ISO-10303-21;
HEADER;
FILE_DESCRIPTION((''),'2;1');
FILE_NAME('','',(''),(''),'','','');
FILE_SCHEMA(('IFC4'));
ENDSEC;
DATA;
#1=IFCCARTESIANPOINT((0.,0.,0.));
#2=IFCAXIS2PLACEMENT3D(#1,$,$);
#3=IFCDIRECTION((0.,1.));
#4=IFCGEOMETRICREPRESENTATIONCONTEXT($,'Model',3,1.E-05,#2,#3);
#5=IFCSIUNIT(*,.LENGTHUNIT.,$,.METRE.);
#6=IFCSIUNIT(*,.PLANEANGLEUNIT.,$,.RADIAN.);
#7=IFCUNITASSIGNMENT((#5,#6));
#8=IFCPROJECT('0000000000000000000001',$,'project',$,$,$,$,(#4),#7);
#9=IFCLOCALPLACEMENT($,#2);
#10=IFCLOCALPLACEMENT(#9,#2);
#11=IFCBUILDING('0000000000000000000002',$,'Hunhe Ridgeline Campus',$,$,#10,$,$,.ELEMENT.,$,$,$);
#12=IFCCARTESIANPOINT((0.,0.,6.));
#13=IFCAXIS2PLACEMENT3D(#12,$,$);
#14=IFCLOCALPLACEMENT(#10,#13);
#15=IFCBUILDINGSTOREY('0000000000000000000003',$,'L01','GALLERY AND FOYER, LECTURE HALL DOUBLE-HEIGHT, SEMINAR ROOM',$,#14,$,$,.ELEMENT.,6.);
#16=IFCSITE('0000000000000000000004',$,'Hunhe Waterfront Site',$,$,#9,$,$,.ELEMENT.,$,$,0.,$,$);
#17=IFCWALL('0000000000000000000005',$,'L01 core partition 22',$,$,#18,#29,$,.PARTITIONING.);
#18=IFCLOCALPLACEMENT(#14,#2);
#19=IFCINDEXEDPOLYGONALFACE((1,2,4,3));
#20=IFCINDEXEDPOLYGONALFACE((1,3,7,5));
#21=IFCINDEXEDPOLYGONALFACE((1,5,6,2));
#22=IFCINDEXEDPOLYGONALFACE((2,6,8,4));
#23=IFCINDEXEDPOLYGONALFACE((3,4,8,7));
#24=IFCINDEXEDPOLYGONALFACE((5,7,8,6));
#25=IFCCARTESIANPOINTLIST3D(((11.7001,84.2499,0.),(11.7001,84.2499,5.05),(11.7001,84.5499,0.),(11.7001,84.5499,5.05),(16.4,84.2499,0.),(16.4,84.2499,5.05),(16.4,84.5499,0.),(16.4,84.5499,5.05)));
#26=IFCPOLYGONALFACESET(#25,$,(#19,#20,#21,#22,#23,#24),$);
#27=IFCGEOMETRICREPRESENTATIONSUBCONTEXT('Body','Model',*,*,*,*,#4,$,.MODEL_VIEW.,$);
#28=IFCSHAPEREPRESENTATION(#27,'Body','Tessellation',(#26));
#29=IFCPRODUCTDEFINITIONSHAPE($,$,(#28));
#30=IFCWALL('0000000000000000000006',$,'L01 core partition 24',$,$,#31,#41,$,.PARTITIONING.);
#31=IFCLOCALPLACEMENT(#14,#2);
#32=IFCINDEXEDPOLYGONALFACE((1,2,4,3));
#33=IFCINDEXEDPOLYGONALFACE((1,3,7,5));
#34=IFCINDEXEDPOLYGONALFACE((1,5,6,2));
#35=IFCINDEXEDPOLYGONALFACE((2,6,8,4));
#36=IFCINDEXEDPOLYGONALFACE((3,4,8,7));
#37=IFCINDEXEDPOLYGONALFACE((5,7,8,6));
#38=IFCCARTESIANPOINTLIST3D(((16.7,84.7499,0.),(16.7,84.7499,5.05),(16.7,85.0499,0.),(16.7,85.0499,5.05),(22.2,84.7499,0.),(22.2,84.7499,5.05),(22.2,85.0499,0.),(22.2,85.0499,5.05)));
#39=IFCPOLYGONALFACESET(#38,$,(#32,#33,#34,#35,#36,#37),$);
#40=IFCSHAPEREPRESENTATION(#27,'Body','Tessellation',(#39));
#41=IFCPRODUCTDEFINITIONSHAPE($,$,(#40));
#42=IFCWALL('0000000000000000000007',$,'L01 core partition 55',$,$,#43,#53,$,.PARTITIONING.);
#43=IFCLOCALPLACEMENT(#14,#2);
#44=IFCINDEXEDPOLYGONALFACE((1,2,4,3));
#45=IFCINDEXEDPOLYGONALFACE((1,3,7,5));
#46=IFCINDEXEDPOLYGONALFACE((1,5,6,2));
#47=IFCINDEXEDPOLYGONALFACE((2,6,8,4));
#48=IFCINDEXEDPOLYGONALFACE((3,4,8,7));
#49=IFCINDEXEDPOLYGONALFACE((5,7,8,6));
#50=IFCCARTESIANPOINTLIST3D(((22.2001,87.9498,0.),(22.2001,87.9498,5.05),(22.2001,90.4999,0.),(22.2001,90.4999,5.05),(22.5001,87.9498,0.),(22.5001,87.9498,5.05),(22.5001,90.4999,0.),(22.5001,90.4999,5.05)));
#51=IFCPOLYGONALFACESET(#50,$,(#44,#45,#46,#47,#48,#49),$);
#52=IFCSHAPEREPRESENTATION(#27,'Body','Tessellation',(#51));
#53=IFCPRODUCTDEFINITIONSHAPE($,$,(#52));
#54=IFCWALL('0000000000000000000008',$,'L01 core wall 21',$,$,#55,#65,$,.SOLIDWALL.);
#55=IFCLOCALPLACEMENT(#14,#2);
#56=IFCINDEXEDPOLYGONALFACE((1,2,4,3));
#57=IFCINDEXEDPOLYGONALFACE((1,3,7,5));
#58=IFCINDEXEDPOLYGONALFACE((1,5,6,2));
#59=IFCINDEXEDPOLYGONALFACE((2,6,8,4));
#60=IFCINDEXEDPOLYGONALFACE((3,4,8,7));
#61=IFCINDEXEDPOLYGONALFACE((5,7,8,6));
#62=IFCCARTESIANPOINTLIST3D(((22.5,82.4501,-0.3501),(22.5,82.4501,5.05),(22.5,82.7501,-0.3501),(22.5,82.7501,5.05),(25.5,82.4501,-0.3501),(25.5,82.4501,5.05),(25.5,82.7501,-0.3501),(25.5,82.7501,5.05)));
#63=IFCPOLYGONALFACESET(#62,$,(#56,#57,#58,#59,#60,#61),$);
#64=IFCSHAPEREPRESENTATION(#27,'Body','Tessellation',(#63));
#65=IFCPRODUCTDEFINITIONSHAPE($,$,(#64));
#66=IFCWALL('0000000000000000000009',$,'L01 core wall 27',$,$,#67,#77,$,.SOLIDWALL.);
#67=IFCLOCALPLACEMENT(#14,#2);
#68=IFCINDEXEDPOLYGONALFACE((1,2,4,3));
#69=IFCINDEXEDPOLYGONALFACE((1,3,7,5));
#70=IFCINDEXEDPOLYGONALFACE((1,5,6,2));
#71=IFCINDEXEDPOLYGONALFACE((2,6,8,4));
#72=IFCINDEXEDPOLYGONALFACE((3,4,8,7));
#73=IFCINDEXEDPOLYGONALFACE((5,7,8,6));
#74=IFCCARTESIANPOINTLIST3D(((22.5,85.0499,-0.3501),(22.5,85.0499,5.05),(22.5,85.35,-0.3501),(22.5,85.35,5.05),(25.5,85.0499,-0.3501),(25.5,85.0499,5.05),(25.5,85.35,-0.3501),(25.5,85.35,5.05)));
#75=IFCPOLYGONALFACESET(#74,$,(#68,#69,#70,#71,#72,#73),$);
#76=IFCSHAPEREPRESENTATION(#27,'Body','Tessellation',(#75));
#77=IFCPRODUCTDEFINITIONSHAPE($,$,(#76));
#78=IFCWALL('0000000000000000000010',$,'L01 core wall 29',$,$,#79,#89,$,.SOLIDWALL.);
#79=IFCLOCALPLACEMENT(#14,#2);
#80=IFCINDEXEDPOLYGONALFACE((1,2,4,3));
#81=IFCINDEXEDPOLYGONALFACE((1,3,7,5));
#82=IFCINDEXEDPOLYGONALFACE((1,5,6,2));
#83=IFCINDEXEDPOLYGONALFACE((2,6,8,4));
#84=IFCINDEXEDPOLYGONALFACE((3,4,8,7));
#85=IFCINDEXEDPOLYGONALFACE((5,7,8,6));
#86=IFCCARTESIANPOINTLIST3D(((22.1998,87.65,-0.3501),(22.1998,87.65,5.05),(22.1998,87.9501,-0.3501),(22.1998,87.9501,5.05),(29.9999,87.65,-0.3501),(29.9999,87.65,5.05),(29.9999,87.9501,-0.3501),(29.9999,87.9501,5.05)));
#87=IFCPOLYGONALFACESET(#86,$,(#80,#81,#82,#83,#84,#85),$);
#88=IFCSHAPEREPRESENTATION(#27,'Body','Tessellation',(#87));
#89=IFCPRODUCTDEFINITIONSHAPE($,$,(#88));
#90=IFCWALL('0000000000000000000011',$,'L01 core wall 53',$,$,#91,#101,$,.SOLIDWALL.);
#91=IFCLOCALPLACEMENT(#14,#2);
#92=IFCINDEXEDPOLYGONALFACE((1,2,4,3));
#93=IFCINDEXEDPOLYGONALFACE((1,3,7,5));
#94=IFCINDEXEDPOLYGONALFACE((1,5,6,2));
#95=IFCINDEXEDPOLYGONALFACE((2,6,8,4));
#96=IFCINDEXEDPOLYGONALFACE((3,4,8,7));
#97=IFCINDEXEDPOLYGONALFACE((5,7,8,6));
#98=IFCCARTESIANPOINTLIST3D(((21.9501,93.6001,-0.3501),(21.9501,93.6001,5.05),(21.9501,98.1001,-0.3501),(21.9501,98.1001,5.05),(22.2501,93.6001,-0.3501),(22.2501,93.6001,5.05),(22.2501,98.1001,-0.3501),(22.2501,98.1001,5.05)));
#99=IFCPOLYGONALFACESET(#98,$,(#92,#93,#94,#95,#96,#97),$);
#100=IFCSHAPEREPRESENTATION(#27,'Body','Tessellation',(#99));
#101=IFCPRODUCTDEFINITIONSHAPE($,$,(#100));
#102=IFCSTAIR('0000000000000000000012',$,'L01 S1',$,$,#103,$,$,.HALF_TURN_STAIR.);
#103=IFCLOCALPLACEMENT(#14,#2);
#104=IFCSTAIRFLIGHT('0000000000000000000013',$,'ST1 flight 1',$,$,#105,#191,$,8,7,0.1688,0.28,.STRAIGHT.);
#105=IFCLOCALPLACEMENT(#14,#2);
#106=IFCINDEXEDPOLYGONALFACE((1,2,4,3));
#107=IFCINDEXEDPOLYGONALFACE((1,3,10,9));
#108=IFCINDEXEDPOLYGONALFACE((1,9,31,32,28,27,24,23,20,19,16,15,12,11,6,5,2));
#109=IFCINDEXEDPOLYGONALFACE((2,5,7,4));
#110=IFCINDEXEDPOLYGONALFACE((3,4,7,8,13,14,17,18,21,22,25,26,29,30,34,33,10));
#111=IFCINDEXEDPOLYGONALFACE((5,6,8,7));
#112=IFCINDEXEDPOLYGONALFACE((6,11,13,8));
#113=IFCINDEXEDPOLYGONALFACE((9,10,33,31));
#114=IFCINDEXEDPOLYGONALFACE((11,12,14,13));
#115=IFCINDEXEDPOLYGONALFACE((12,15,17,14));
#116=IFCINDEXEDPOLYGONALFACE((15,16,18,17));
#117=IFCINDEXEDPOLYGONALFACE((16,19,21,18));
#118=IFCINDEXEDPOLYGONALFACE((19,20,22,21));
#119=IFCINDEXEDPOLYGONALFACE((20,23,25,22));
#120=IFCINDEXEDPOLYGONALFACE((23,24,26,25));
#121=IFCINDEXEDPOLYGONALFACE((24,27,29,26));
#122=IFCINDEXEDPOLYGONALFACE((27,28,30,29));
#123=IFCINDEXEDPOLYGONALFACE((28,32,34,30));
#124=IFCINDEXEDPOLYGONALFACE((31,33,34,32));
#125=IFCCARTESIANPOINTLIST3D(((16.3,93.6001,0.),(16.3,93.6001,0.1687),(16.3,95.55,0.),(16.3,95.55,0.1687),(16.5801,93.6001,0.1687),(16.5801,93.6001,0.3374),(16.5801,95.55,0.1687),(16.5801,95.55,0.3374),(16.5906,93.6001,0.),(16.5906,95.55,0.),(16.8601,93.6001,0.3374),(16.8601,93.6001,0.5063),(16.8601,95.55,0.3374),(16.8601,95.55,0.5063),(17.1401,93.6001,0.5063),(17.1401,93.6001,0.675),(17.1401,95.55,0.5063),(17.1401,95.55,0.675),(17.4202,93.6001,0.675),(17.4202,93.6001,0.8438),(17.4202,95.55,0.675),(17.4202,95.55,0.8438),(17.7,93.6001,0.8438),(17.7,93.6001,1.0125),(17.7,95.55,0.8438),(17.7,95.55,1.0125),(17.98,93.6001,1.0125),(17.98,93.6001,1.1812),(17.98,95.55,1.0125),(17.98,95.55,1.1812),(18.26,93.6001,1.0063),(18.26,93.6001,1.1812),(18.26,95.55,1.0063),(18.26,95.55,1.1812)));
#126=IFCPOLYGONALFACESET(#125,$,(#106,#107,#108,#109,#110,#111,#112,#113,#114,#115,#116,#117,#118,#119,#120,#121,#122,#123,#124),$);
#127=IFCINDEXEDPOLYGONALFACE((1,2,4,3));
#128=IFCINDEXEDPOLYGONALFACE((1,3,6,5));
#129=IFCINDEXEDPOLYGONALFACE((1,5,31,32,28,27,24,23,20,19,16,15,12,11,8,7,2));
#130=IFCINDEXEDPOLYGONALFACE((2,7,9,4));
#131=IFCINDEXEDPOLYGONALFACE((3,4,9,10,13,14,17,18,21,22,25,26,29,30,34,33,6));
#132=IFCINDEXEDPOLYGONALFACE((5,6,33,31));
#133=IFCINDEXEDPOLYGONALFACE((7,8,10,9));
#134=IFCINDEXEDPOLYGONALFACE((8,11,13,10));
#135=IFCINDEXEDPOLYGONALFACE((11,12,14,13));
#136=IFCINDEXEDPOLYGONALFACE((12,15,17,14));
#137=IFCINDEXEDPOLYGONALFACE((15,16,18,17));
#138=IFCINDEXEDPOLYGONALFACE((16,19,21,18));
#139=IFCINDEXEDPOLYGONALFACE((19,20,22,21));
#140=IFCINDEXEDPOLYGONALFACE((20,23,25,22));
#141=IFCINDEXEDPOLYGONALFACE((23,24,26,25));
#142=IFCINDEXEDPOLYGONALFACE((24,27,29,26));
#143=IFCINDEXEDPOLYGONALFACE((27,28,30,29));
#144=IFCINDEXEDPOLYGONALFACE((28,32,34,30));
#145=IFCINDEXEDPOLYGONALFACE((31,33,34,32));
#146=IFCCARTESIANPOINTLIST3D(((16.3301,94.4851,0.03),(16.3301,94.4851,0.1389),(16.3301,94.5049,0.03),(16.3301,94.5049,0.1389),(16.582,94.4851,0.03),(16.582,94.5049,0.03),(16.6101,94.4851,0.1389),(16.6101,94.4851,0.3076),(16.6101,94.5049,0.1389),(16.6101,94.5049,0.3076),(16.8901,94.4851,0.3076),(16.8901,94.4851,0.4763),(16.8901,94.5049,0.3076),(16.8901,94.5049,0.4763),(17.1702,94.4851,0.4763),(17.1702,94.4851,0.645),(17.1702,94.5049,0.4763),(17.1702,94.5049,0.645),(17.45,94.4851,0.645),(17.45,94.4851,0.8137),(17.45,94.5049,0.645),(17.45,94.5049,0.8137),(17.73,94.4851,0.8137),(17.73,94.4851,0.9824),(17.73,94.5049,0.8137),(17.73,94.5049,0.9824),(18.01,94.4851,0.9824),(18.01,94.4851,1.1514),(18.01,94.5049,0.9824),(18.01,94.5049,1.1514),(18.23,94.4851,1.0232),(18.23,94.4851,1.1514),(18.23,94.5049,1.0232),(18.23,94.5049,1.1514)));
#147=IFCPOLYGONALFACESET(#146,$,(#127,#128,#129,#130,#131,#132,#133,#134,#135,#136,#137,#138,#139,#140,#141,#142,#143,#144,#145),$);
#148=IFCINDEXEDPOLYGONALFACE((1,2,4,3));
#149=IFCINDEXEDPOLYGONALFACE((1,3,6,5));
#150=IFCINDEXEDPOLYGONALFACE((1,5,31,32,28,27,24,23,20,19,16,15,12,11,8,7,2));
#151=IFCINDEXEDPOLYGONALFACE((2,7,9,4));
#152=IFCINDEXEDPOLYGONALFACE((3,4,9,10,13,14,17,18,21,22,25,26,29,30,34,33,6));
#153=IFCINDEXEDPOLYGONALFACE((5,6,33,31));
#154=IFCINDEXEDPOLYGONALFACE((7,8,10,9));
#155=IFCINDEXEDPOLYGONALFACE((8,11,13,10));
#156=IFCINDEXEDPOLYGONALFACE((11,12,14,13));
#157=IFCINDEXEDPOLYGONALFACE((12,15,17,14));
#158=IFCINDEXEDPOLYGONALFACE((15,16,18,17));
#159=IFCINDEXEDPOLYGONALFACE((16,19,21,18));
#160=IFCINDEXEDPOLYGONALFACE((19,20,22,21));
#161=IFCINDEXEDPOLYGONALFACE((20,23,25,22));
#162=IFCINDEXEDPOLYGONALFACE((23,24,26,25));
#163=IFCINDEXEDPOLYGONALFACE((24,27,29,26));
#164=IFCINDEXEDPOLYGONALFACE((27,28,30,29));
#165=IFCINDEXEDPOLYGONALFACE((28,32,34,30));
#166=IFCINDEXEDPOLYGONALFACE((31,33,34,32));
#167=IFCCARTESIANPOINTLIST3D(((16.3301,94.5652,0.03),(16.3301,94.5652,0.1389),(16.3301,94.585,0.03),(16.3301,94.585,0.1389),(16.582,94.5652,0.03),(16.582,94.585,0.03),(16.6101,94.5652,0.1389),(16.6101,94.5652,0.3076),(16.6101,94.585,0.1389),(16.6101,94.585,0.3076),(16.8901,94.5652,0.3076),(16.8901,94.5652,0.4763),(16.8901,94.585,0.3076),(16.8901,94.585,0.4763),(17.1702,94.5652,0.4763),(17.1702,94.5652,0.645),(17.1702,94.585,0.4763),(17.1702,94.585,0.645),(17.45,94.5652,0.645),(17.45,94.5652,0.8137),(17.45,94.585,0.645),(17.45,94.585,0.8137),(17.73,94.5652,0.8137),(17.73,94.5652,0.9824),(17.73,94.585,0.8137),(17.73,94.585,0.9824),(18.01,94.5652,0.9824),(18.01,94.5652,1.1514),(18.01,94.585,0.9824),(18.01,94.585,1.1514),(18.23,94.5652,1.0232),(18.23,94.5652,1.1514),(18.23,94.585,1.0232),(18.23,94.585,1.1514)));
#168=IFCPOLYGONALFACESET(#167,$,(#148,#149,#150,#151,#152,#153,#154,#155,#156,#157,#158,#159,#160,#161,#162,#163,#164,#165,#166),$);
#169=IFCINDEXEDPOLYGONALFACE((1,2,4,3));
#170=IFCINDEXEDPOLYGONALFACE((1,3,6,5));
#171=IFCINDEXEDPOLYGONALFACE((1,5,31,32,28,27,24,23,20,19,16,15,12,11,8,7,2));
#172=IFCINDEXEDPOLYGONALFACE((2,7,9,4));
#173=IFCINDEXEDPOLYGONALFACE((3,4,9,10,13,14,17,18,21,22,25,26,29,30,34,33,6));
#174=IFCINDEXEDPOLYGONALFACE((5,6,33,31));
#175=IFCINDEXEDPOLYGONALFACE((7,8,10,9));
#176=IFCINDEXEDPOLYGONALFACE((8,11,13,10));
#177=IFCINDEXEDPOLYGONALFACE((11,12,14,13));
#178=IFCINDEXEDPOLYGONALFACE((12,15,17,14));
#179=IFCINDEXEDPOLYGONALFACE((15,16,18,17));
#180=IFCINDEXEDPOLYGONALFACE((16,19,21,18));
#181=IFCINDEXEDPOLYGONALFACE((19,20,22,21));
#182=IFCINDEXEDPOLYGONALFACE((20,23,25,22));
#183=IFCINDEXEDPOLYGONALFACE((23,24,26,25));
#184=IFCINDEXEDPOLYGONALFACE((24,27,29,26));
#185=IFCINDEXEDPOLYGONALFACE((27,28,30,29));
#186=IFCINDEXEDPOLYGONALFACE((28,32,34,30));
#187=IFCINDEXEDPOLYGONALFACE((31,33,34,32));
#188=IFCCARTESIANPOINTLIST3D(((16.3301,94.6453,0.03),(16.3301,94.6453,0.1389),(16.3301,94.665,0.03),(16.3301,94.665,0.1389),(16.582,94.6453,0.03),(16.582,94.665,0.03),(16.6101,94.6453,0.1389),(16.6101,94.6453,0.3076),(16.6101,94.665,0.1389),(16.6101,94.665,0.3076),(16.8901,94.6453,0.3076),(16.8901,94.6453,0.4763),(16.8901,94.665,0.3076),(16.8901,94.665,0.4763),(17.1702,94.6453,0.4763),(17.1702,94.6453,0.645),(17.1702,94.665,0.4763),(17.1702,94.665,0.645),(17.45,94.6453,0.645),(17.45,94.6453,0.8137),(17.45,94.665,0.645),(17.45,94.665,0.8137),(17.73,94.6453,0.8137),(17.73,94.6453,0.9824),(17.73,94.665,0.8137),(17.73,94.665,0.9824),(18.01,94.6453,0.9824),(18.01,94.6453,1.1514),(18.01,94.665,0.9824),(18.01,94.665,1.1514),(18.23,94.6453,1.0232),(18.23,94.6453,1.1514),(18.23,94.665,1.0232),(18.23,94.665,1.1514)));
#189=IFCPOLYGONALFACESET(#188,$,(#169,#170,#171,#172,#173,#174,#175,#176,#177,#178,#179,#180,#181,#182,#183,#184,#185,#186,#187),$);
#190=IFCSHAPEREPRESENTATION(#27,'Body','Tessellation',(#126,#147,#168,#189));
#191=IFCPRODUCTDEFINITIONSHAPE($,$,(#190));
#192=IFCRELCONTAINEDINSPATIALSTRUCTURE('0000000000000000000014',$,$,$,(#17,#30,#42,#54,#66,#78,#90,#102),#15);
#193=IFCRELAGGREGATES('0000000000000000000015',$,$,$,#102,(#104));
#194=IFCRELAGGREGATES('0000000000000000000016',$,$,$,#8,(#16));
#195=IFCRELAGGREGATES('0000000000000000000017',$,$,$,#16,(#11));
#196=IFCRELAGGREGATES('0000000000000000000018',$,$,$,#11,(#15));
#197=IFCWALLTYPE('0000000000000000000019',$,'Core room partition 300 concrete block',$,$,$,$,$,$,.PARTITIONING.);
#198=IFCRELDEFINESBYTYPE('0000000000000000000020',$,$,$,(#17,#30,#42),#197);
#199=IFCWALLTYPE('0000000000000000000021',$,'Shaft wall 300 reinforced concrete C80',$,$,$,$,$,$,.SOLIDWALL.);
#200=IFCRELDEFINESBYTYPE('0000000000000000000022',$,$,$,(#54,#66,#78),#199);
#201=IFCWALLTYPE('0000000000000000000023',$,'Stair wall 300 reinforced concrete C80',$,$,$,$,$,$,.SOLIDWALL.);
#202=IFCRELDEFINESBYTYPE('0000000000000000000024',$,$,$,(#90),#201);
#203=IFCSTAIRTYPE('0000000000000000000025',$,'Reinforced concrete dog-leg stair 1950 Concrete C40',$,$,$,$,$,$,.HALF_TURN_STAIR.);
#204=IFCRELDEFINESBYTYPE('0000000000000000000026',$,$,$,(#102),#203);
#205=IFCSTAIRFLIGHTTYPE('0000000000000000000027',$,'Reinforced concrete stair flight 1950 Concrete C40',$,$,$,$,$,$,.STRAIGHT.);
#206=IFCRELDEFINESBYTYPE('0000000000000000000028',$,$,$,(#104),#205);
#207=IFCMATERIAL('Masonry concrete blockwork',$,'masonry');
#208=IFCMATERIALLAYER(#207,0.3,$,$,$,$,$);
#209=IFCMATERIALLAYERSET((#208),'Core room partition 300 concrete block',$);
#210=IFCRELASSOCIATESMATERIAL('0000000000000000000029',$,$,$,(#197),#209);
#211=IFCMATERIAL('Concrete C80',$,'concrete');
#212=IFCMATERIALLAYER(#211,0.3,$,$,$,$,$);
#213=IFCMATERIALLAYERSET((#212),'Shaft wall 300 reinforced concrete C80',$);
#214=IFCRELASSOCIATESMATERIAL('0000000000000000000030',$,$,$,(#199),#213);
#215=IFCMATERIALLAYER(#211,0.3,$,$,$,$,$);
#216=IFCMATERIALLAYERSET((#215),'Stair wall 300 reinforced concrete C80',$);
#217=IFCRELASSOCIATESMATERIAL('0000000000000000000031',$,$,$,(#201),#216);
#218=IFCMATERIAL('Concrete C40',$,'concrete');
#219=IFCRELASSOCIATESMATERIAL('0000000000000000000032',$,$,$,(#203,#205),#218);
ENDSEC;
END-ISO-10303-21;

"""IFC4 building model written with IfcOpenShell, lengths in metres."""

from ifc_helpers import new_model, si_unit, direction, frame, frame_2d, origin, place, context, subcontext, project, spatial, polyline, rectangle, outline, extrude, material, layer, layer_set, type_object, element, aggregate, save


model = new_model("IFC4")

# Units and contexts
model_context = context("Model", 3, precision=1e-05, world=origin(), true_north=direction((0.0, 1.0)))
body_context = subcontext(model_context, "Body", "Model", "MODEL_VIEW")
ifc_project = project(units=[si_unit("LENGTHUNIT", "METRE"), si_unit("PLANEANGLEUNIT", "RADIAN")], contexts=[model_context])

# Site, building, storey
site_placement = place(None, origin())
site = spatial("IfcSite", under=ifc_project, at=site_placement, Name="Hunhe Waterfront Site", CompositionType="ELEMENT", RefElevation=0.0)
building_placement = place(site_placement, origin())
building = spatial("IfcBuilding", under=site, at=building_placement, Name="Hunhe Ridgeline Campus", CompositionType="ELEMENT")
storey_placement = place(building_placement, frame((0.0, 0.0, 6.0)))
storey = spatial("IfcBuildingStorey", under=building, at=storey_placement, Name="L01", Description="GALLERY AND FOYER, LECTURE HALL DOUBLE-HEIGHT, SEMINAR ROOM", CompositionType="ELEMENT", Elevation=6.0)

# Walls
ifc_material_1 = material(Name="Masonry concrete blockwork", Category="masonry")
ifc_layer_1 = layer(ifc_material_1, 0.3)
ifc_layer_set_1 = layer_set([ifc_layer_1], Name="Core room partition 300 concrete block")
wall_type_1 = type_object("IfcWallType", Name="Core room partition 300 concrete block", PredefinedType="PARTITIONING", material=ifc_layer_set_1)
wall_1_placement = place(storey_placement, frame((11.7, 84.3999, 0.0), z_axis=(0.0, 0.0, 1.0), x_axis=(1.0, 0.0, 0.0)))
element("IfcWall", 1, at=wall_1_placement, inside=storey, type_object=wall_type_1, Name="L01 core partition 22", PredefinedType="PARTITIONING", context=body_context, shape_type="SweptSolid", body=[
    extrude(rectangle(XDim=4.7, YDim=0.3, at=frame_2d((2.3501, 0.0))), origin(), (0.0, 0.0, 1.0), 5.05),
])
wall_2_placement = place(storey_placement, frame((16.7, 84.8999, 0.0), z_axis=(0.0, 0.0, 1.0), x_axis=(1.0, 0.0, 0.0)))
element("IfcWall", 2, at=wall_2_placement, inside=storey, type_object=wall_type_1, Name="L01 core partition 24", PredefinedType="PARTITIONING", context=body_context, shape_type="SweptSolid", body=[
    extrude(rectangle(XDim=5.5, YDim=0.3, at=frame_2d((2.75, 0.0))), origin(), (0.0, 0.0, 1.0), 5.05),
])
wall_3_placement = place(storey_placement, frame((22.3501, 87.95, 0.0), z_axis=(0.0, 0.0, 1.0), x_axis=(0.0, 1.0, 0.0)))
element("IfcWall", 3, at=wall_3_placement, inside=storey, type_object=wall_type_1, Name="L01 core partition 55", PredefinedType="PARTITIONING", context=body_context, shape_type="SweptSolid", body=[
    extrude(rectangle(XDim=2.55, YDim=0.3, at=frame_2d((1.2749, 0.0))), origin(), (0.0, 0.0, 1.0), 5.05),
])
ifc_material_2 = material(Name="Concrete C80", Category="concrete")
ifc_layer_2 = layer(ifc_material_2, 0.3)
ifc_layer_set_2 = layer_set([ifc_layer_2], Name="Shaft wall 300 reinforced concrete C80")
wall_type_2 = type_object("IfcWallType", Name="Shaft wall 300 reinforced concrete C80", PredefinedType="SOLIDWALL", material=ifc_layer_set_2)
for number, where, z_axis, x_axis, name in (
    (4, (22.5, 82.6001, -0.3501), (0.0, 0.0, 1.0), (1.0, 0.0, 0.0), "L01 core wall 21"),
    (5, (22.5, 85.2, -0.3501), (0.0, 0.0, 1.0), (1.0, 0.0, 0.0), "L01 core wall 27"),
):
    element("IfcWall", number, at=place(storey_placement, frame(where, z_axis=z_axis, x_axis=x_axis)), inside=storey, type_object=wall_type_2, Name=name, PredefinedType="SOLIDWALL", context=body_context, shape_type="SweptSolid", body=[
        extrude(rectangle(XDim=3.0, YDim=0.3, at=frame_2d((1.5, 0.0))), origin(), (0.0, 0.0, 1.0), 5.4001),
    ])
wall_4_placement = place(storey_placement, frame((22.2, 87.8, -0.3501), z_axis=(0.0, 0.0, 1.0), x_axis=(1.0, 0.0, 0.0)))
element("IfcWall", 6, at=wall_4_placement, inside=storey, type_object=wall_type_2, Name="L01 core wall 29", PredefinedType="SOLIDWALL", context=body_context, shape_type="SweptSolid", body=[
    extrude(rectangle(XDim=7.8, YDim=0.3, at=frame_2d((3.8999, 0.0))), origin(), (0.0, 0.0, 1.0), 5.4001),
])

# Shared definitions
ifc_layer_3 = layer(ifc_material_2, 0.3)
ifc_layer_set_3 = layer_set([ifc_layer_3], Name="Stair wall 300 reinforced concrete C80")
wall_type_3 = type_object("IfcWallType", Name="Stair wall 300 reinforced concrete C80", PredefinedType="SOLIDWALL", material=ifc_layer_set_3)

# Wall
wall_5_placement = place(storey_placement, frame((22.1001, 93.6001, -0.3501), z_axis=(0.0, 0.0, 1.0), x_axis=(0.0, 1.0, 0.0)))
element("IfcWall", 7, at=wall_5_placement, inside=storey, type_object=wall_type_3, Name="L01 core wall 53", PredefinedType="SOLIDWALL", context=body_context, shape_type="SweptSolid", body=[
    extrude(rectangle(XDim=4.5, YDim=0.3, at=frame_2d((2.25, 0.0))), origin(), (0.0, 0.0, 1.0), 5.4001),
])

# Stair, stair flight
ifc_material_3 = material(Name="Concrete C40", Category="concrete")
stair_type = type_object("IfcStairType", Name="Reinforced concrete dog-leg stair 1950 Concrete C40", PredefinedType="HALF_TURN_STAIR", material=ifc_material_3)
stair_placement = place(storey_placement, origin())
stair = element("IfcStair", 8, at=stair_placement, inside=storey, type_object=stair_type, Name="L01 S1", PredefinedType="HALF_TURN_STAIR")
stair_flight_type = type_object("IfcStairFlightType", Name="Reinforced concrete stair flight 1950 Concrete C40", PredefinedType="STRAIGHT", material=ifc_material_3)
stair_flight_1_placement = place(storey_placement, frame((16.3, 94.575, 0.0), z_axis=(0.0, 0.0, 1.0), x_axis=(1.0, 0.0, 0.0)))
stair_flight_1 = element("IfcStairFlight", 9, at=stair_flight_1_placement, type_object=stair_flight_type, Name="ST1 flight 1", NumberOfRisers=8, NumberOfTreads=7, PredefinedType="STRAIGHT", RiserHeight=0.1688, TreadLength=0.28, context=body_context, shape_type="SweptSolid", body=[
    extrude(outline(polyline([(0.0, 0.0), (0.0, 0.1687), (0.28, 0.1687), (0.28, 0.3374), (0.5601, 0.3374), (0.5601, 0.5063), (0.8401, 0.5063), (0.8401, 0.675), (1.1201, 0.675), (1.1201, 0.8438), (1.3999, 0.8438), (1.3999, 1.0125), (1.6799, 1.0125), (1.6799, 1.1812), (1.96, 1.1812), (1.96, 1.3501), (1.96, 1.0063), (0.2905, 0.0), (0.0, 0.0)])), frame((0.0, 0.9751, 0.0), z_axis=(0.0, -1.0, 0.0), x_axis=(1.0, 0.0, 0.0)), (0.0, 0.0, 1.0), 1.95),
    extrude(outline(polyline([(0.03, 0.03), (0.03, 0.1389), (0.3101, 0.1389), (0.3101, 0.3076), (0.5901, 0.3076), (0.5901, 0.4763), (0.8701, 0.4763), (0.8701, 0.645), (1.1499, 0.645), (1.1499, 0.8137), (1.4299, 0.8137), (1.4299, 0.9824), (1.71, 0.9824), (1.71, 1.1514), (1.9299, 1.1514), (1.9299, 1.0232), (0.282, 0.03), (0.03, 0.03)])), frame((0.0, -0.0701, 0.0), z_axis=(0.0, -1.0, 0.0), x_axis=(1.0, 0.0, 0.0)), (0.0, 0.0, 1.0), 0.0198),
    extrude(outline(polyline([(0.03, 0.03), (0.03, 0.1389), (0.3101, 0.1389), (0.3101, 0.3076), (0.5901, 0.3076), (0.5901, 0.4763), (0.8701, 0.4763), (0.8701, 0.645), (1.1499, 0.645), (1.1499, 0.8137), (1.4299, 0.8137), (1.4299, 0.9824), (1.71, 0.9824), (1.71, 1.1514), (1.9299, 1.1514), (1.9299, 1.0232), (0.282, 0.03), (0.03, 0.03)])), frame((0.0, 0.01, 0.0), z_axis=(0.0, -1.0, 0.0), x_axis=(1.0, 0.0, 0.0)), (0.0, 0.0, 1.0), 0.0198),
    extrude(outline(polyline([(0.03, 0.03), (0.03, 0.1389), (0.3101, 0.1389), (0.3101, 0.3076), (0.5901, 0.3076), (0.5901, 0.4763), (0.8701, 0.4763), (0.8701, 0.645), (1.1499, 0.645), (1.1499, 0.8137), (1.4299, 0.8137), (1.4299, 0.9824), (1.71, 0.9824), (1.71, 1.1514), (1.9299, 1.1514), (1.9299, 1.0232), (0.282, 0.03), (0.03, 0.03)])), frame((0.0, 0.0901, 0.0), z_axis=(0.0, -1.0, 0.0), x_axis=(1.0, 0.0, 0.0)), (0.0, 0.0, 1.0), 0.0198),
])
aggregate(stair, [stair_flight_1])

save(model, "model.ifc")
